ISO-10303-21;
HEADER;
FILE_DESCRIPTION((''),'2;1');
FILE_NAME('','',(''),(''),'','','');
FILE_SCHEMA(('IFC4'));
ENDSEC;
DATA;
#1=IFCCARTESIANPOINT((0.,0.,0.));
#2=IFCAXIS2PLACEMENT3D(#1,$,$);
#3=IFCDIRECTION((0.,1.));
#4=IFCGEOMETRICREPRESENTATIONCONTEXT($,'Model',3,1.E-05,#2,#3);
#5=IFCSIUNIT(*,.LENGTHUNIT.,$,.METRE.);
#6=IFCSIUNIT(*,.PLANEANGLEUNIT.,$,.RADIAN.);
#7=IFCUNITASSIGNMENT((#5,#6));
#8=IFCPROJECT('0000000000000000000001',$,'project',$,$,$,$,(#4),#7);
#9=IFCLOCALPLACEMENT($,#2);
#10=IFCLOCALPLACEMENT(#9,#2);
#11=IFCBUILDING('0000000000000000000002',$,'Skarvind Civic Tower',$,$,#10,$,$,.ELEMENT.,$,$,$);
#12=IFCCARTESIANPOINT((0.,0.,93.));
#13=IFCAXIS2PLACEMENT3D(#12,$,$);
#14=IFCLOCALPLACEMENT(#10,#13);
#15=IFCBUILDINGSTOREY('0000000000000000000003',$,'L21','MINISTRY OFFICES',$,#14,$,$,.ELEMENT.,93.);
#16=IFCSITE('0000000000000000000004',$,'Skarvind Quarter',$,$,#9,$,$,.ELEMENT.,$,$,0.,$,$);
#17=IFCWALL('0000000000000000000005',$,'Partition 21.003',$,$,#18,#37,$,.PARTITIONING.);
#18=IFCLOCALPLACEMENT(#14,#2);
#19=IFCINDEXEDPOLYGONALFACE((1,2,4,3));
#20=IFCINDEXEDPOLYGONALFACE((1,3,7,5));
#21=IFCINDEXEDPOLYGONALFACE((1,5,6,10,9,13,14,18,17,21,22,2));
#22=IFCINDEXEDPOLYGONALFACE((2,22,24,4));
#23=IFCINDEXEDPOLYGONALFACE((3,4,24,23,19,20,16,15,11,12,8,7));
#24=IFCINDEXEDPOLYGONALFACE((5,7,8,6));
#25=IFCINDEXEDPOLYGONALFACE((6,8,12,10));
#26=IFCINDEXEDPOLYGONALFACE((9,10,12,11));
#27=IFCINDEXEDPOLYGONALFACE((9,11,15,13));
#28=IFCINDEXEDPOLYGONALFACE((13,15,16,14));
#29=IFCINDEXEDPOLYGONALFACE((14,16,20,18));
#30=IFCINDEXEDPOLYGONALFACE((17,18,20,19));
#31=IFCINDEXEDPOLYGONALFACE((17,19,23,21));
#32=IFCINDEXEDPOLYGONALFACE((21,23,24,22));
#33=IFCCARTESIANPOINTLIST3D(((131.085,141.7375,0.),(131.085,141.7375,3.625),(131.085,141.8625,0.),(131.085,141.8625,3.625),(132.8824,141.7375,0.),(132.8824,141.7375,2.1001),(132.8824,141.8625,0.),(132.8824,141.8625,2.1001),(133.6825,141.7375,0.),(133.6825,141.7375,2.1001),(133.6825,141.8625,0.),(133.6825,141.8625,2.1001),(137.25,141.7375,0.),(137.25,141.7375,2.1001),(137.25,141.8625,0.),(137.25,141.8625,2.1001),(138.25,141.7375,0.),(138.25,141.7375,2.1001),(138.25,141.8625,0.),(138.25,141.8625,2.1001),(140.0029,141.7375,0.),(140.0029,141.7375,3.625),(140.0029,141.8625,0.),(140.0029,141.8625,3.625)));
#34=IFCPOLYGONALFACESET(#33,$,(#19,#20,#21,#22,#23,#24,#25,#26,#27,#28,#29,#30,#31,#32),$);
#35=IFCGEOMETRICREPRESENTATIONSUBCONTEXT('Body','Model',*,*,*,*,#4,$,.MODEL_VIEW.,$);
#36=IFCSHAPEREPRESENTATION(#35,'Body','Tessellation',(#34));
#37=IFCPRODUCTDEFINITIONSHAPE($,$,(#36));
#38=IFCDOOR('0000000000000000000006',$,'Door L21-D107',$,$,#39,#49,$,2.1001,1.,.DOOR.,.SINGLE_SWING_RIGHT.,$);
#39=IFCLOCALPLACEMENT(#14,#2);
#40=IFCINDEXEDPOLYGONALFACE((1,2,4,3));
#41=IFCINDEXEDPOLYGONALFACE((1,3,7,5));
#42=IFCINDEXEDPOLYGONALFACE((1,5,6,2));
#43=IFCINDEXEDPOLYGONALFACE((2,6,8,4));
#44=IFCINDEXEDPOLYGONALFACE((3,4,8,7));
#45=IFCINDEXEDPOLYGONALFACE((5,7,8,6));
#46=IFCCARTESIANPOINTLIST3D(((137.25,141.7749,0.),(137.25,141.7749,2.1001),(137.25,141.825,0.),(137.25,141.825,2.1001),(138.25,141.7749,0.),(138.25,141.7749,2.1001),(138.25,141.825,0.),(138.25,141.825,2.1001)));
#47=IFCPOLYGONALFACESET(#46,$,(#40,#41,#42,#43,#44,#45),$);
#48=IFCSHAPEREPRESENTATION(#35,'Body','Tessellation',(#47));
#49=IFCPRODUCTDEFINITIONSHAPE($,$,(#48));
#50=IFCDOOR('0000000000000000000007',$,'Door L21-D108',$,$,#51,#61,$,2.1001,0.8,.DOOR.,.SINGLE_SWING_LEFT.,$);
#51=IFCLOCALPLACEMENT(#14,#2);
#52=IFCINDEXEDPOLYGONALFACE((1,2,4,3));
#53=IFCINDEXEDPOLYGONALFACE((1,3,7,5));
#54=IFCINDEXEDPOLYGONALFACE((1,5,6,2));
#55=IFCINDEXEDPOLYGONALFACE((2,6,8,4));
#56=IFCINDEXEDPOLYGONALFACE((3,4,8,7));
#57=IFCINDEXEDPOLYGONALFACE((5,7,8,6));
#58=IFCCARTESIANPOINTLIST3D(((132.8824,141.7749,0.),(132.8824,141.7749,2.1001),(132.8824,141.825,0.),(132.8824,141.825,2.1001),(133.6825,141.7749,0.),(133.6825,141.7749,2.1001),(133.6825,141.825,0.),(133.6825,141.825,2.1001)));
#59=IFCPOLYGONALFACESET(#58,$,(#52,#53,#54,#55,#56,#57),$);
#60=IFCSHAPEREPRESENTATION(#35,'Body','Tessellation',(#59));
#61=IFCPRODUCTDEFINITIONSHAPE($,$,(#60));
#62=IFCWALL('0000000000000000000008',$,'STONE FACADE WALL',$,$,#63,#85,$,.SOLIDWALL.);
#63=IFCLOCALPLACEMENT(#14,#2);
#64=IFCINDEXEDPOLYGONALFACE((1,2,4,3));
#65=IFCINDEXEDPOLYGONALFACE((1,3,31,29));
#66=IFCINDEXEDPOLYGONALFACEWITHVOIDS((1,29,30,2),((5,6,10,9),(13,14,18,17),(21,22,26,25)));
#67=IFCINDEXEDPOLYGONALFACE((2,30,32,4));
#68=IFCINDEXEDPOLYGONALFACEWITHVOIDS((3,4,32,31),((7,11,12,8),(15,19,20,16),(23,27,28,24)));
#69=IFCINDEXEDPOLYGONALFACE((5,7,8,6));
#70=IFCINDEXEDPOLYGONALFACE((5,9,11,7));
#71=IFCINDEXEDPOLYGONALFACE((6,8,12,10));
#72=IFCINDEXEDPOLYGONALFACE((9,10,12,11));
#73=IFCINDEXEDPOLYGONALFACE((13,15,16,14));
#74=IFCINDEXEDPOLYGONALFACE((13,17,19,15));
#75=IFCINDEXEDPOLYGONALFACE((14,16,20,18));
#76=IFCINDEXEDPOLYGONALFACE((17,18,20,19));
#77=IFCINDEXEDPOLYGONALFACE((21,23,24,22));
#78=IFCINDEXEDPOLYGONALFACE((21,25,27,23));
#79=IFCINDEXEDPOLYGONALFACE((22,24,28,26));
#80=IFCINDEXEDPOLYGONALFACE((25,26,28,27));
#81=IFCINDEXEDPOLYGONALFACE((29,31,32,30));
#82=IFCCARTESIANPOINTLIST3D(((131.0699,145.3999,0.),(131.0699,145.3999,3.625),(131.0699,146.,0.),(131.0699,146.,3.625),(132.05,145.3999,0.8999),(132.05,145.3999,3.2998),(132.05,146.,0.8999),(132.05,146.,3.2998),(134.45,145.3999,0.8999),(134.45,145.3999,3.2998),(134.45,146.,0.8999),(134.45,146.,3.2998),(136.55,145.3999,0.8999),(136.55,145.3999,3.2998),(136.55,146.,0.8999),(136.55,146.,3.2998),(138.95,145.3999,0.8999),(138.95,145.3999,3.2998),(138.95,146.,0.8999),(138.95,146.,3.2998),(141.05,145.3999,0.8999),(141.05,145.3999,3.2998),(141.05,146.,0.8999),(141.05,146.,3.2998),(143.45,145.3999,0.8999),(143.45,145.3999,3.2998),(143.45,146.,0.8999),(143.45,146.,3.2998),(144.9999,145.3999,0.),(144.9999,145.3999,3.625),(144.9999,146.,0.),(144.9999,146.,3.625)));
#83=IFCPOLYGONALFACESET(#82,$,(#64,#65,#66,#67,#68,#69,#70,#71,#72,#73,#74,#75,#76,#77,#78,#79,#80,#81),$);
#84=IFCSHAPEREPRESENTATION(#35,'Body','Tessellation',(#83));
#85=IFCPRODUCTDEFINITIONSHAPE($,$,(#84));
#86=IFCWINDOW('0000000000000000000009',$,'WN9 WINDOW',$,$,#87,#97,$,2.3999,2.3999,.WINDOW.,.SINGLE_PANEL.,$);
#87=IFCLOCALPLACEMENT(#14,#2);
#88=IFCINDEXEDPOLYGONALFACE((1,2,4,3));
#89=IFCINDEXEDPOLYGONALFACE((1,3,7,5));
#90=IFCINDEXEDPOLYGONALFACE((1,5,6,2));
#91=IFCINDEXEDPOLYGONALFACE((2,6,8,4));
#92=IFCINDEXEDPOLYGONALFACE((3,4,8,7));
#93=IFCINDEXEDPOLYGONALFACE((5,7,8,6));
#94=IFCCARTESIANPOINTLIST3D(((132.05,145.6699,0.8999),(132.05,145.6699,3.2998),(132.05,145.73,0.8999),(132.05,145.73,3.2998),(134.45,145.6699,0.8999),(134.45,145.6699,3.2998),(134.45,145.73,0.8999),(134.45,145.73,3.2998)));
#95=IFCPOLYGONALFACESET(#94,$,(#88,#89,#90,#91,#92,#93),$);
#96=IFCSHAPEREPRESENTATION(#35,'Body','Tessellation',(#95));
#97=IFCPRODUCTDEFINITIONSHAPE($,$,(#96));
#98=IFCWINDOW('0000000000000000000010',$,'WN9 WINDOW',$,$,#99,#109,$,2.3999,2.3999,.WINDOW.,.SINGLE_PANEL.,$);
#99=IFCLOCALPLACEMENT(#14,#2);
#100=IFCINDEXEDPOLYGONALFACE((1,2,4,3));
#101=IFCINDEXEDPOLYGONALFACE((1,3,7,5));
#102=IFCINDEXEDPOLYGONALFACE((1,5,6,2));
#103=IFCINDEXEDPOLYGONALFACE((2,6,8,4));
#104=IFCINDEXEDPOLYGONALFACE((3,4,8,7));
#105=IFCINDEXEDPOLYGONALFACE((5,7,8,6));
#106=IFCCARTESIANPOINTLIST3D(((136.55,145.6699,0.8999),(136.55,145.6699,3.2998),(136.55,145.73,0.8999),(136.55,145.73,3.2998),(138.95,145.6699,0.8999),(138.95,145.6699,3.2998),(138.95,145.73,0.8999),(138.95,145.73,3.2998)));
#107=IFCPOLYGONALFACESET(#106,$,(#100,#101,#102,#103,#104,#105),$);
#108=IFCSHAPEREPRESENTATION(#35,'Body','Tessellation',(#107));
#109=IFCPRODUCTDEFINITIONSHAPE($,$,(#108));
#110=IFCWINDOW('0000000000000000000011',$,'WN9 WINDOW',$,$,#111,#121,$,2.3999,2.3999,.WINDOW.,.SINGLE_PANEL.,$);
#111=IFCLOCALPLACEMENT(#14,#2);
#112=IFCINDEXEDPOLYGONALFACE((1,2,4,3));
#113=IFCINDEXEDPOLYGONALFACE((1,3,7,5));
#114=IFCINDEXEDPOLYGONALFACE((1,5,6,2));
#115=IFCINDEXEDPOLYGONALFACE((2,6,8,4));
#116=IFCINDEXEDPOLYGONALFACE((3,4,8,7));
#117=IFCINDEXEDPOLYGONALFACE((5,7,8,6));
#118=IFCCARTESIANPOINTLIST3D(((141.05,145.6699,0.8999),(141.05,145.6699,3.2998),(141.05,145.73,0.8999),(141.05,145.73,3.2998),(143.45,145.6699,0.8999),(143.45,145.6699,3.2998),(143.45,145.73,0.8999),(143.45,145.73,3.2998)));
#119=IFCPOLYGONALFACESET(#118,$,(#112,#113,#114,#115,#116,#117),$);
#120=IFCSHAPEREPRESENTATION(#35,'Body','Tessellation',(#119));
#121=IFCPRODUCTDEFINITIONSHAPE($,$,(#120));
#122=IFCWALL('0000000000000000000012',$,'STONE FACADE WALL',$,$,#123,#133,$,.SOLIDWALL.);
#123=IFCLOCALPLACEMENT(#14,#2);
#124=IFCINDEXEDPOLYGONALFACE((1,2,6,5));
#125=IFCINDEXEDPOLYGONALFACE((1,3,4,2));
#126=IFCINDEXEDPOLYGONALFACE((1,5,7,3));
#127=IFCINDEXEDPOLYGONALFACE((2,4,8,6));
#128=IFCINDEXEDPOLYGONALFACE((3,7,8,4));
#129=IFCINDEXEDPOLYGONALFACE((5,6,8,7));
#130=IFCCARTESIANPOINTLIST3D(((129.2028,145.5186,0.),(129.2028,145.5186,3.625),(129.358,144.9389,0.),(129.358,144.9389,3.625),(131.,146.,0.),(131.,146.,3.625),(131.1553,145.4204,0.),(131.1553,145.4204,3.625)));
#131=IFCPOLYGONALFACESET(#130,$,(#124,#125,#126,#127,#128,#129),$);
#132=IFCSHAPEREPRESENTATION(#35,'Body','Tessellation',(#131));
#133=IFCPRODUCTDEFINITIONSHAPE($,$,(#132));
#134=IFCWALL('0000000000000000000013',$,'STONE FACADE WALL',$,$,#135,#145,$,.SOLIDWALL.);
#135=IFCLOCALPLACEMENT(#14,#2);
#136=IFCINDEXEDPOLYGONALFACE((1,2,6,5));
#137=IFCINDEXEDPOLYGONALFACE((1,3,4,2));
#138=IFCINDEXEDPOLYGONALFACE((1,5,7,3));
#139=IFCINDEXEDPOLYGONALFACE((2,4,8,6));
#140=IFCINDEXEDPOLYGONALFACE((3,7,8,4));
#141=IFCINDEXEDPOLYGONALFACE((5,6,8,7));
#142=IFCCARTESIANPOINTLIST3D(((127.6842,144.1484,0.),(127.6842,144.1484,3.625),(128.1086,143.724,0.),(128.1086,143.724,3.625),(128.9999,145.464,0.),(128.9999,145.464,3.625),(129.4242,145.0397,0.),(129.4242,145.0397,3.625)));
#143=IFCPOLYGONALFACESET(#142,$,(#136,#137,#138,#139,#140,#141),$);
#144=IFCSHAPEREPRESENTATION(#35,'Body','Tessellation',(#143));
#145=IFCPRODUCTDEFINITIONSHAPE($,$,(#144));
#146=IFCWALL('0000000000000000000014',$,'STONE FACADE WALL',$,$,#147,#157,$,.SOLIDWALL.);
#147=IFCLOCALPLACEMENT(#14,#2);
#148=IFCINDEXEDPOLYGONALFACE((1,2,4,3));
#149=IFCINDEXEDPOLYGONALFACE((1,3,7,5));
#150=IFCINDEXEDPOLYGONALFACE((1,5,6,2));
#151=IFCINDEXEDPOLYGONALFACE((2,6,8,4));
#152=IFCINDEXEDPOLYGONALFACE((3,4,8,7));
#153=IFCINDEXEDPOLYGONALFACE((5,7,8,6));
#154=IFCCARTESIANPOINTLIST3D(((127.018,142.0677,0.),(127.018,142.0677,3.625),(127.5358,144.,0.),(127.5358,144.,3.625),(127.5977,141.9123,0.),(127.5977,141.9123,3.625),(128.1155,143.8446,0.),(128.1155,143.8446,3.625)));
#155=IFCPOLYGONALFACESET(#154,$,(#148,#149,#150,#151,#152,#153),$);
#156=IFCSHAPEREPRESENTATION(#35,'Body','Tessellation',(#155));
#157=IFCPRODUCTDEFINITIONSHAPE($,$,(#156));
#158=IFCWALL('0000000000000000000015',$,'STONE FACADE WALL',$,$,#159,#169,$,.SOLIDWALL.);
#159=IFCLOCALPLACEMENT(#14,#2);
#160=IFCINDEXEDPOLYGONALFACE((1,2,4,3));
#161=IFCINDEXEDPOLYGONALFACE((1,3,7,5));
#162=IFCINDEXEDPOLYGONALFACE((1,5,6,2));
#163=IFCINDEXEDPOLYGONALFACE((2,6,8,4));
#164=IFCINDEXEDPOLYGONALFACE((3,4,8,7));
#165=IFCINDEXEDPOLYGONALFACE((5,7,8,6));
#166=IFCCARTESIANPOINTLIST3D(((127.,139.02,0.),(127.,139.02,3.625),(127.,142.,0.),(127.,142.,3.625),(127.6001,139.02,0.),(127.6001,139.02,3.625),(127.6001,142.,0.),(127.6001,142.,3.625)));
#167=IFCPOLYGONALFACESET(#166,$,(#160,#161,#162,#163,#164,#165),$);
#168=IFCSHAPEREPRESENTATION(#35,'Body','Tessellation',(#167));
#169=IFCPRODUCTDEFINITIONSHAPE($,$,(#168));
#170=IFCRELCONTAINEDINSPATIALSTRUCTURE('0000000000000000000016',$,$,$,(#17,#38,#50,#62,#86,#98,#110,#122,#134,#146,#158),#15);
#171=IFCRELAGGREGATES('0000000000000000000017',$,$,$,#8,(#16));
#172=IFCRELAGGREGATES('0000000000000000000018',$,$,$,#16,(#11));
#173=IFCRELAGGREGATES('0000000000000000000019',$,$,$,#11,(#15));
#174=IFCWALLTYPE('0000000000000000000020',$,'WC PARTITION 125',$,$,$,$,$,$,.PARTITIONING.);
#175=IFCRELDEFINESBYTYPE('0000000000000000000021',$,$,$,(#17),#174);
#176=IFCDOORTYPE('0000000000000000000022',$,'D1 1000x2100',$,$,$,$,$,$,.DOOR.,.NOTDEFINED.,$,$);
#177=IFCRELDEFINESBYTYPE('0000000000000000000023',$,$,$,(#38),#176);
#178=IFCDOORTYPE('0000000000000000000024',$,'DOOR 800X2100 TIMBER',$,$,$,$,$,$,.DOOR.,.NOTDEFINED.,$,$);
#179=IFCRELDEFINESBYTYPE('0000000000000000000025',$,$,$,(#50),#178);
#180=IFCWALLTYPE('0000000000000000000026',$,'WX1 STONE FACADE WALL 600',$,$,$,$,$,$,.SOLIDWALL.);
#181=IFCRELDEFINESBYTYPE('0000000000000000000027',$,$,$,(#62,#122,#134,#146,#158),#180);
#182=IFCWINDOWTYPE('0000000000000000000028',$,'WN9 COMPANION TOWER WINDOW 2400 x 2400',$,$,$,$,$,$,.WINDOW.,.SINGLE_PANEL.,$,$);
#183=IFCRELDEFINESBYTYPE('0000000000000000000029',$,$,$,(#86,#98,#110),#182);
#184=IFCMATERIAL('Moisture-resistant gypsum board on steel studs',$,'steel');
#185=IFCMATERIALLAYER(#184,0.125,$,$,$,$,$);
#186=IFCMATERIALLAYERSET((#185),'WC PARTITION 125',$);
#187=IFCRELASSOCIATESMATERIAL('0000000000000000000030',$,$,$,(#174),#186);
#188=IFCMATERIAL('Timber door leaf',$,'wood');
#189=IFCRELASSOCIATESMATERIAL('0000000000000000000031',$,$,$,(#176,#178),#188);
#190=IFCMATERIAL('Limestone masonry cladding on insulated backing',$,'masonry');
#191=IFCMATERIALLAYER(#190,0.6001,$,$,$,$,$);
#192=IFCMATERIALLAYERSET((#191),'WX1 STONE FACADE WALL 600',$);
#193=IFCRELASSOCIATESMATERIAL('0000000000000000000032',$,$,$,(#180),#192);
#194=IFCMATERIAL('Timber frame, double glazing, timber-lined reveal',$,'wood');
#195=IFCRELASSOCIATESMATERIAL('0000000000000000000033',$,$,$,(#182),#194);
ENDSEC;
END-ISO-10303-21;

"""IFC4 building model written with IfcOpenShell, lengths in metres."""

from ifc_helpers import new_model, si_unit, direction, frame, frame_2d, origin, place, context, subcontext, project, spatial, rectangle, extrude, material, layer, layer_set, type_object, element, fill, save


model = new_model("IFC4")

# Units and contexts
model_context = context("Model", 3, precision=1e-05, world=origin(), true_north=direction((0.0, 1.0)))
body_context = subcontext(model_context, "Body", "Model", "MODEL_VIEW")
ifc_project = project(units=[si_unit("LENGTHUNIT", "METRE"), si_unit("PLANEANGLEUNIT", "RADIAN")], contexts=[model_context])

# Site, building, storey
site_placement = place(None, origin())
site = spatial("IfcSite", under=ifc_project, at=site_placement, Name="Skarvind Quarter", CompositionType="ELEMENT", RefElevation=0.0)
building_placement = place(site_placement, origin())
building = spatial("IfcBuilding", under=site, at=building_placement, Name="Skarvind Civic Tower", CompositionType="ELEMENT")
storey_placement = place(building_placement, frame((0.0, 0.0, 93.0)))
storey = spatial("IfcBuildingStorey", under=building, at=storey_placement, Name="L21", Description="MINISTRY OFFICES", CompositionType="ELEMENT", Elevation=93.0)

# Shared definitions
ifc_material_1 = material(Name="Timber door leaf", Category="wood")

# Wall, openings, doors
ifc_material_2 = material(Name="Moisture-resistant gypsum board on steel studs", Category="steel")
ifc_layer_1 = layer(ifc_material_2, 0.125)
ifc_layer_set_1 = layer_set([ifc_layer_1], Name="WC PARTITION 125")
wall_type_1 = type_object("IfcWallType", Name="WC PARTITION 125", PredefinedType="PARTITIONING", material=ifc_layer_set_1)
wall_1_placement = place(storey_placement, frame((131.085, 141.8, 0.0), z_axis=(0.0, 0.0, 1.0), x_axis=(1.0, 0.0, 0.0)))
wall_1 = element("IfcWall", 1, at=wall_1_placement, inside=storey, type_object=wall_type_1, Name="Partition 21.003", PredefinedType="PARTITIONING", context=body_context, shape_type="SweptSolid", body=[
    extrude(rectangle(XDim=8.918, YDim=0.125, at=frame_2d((4.459, 0.0))), origin(), (0.0, 0.0, 1.0), 3.625),
])
opening_1_placement = place(wall_1_placement, frame((6.165, 0.0, 0.0)))
opening_1 = element("IfcOpeningElement", 2, at=opening_1_placement, cuts=wall_1, PredefinedType="OPENING", context=body_context, shape_type="SweptSolid", body=[
    extrude(rectangle(XDim=1.0, YDim=2.1001, at=frame_2d((0.5, 1.05))), frame((0.0, 0.0725, 0.0), z_axis=(0.0, -1.0, 0.0), x_axis=(1.0, 0.0, 0.0)), (0.0, 0.0, 1.0), 0.145),
])
opening_2_placement = place(wall_1_placement, frame((1.7976, 0.0, 0.0)))
opening_2 = element("IfcOpeningElement", 3, at=opening_2_placement, cuts=wall_1, PredefinedType="OPENING", context=body_context, shape_type="SweptSolid", body=[
    extrude(rectangle(XDim=0.8, YDim=2.1001, at=frame_2d((0.3999, 1.05))), frame((0.0, 0.0725, 0.0), z_axis=(0.0, -1.0, 0.0), x_axis=(1.0, 0.0, 0.0)), (0.0, 0.0, 1.0), 0.145),
])
door_type_1 = type_object("IfcDoorType", Name="D1 1000x2100", OperationType="NOTDEFINED", PredefinedType="DOOR", material=ifc_material_1)
door_1_placement = place(opening_1_placement, origin())
door_1 = element("IfcDoor", 4, at=door_1_placement, inside=storey, type_object=door_type_1, Name="Door L21-D107", OperationType="SINGLE_SWING_RIGHT", OverallHeight=2.1001, OverallWidth=1.0, PredefinedType="DOOR", context=body_context, shape_type="SweptSolid", body=[
    extrude(rectangle(XDim=1.0, YDim=2.1001, at=frame_2d((0.5, 1.05))), frame((0.0, 0.0249, 0.0), z_axis=(0.0, -1.0, 0.0), x_axis=(1.0, 0.0, 0.0)), (0.0, 0.0, 1.0), 0.05),
])
fill(opening_1, door_1)
door_type_2 = type_object("IfcDoorType", Name="DOOR 800X2100 TIMBER", OperationType="NOTDEFINED", PredefinedType="DOOR", material=ifc_material_1)
door_2_placement = place(opening_2_placement, origin())
door_2 = element("IfcDoor", 5, at=door_2_placement, inside=storey, type_object=door_type_2, Name="Door L21-D108", OperationType="SINGLE_SWING_LEFT", OverallHeight=2.1001, OverallWidth=0.8, PredefinedType="DOOR", context=body_context, shape_type="SweptSolid", body=[
    extrude(rectangle(XDim=0.8, YDim=2.1001, at=frame_2d((0.3999, 1.05))), frame((0.0, 0.0249, 0.0), z_axis=(0.0, -1.0, 0.0), x_axis=(1.0, 0.0, 0.0)), (0.0, 0.0, 1.0), 0.05),
])
fill(opening_2, door_2)

# Wall, openings, windows
ifc_material_3 = material(Name="Limestone masonry cladding on insulated backing", Category="masonry")
ifc_layer_2 = layer(ifc_material_3, 0.6001)
ifc_layer_set_2 = layer_set([ifc_layer_2], Name="WX1 STONE FACADE WALL 600")
wall_type_2 = type_object("IfcWallType", Name="WX1 STONE FACADE WALL 600", PredefinedType="SOLIDWALL", material=ifc_layer_set_2)
wall_2_placement = place(storey_placement, frame((131.0701, 145.7, 0.0), z_axis=(0.0, 0.0, 1.0), x_axis=(1.0, 0.0, 0.0)))
wall_2 = element("IfcWall", 6, at=wall_2_placement, inside=storey, type_object=wall_type_2, Name="STONE FACADE WALL", PredefinedType="SOLIDWALL", context=body_context, shape_type="SweptSolid", body=[
    extrude(rectangle(XDim=13.9299, YDim=0.6001, at=frame_2d((6.9648, 0.0))), origin(), (0.0, 0.0, 1.0), 3.625),
])
opening_3_placement = place(wall_2_placement, frame((0.98, 0.0, 0.8999)))
opening_3 = element("IfcOpeningElement", 7, at=opening_3_placement, cuts=wall_2, PredefinedType="OPENING", context=body_context, shape_type="SweptSolid", body=[
    extrude(rectangle(XDim=2.3999, YDim=2.3999, at=frame_2d((1.2, 1.2))), frame((0.0, 0.3101, 0.0), z_axis=(0.0, -1.0, 0.0), x_axis=(1.0, 0.0, 0.0)), (0.0, 0.0, 1.0), 0.6201),
])
opening_4_placement = place(wall_2_placement, frame((5.48, 0.0, 0.8999)))
opening_4 = element("IfcOpeningElement", 8, at=opening_4_placement, cuts=wall_2, PredefinedType="OPENING", context=body_context, shape_type="SweptSolid", body=[
    extrude(rectangle(XDim=2.3999, YDim=2.3999, at=frame_2d((1.2, 1.2))), frame((0.0, 0.3101, 0.0), z_axis=(0.0, -1.0, 0.0), x_axis=(1.0, 0.0, 0.0)), (0.0, 0.0, 1.0), 0.6201),
])
opening_5_placement = place(wall_2_placement, frame((9.98, 0.0, 0.8999)))
opening_5 = element("IfcOpeningElement", 9, at=opening_5_placement, cuts=wall_2, PredefinedType="OPENING", context=body_context, shape_type="SweptSolid", body=[
    extrude(rectangle(XDim=2.3999, YDim=2.3999, at=frame_2d((1.2, 1.2))), frame((0.0, 0.3101, 0.0), z_axis=(0.0, -1.0, 0.0), x_axis=(1.0, 0.0, 0.0)), (0.0, 0.0, 1.0), 0.6201),
])
ifc_material_4 = material(Name="Timber frame, double glazing, timber-lined reveal", Category="wood")
window_type = type_object("IfcWindowType", Name="WN9 COMPANION TOWER WINDOW 2400 x 2400", PartitioningType="SINGLE_PANEL", PredefinedType="WINDOW", material=ifc_material_4)
window_1_placement = place(opening_3_placement, origin())
window_1 = element("IfcWindow", 10, at=window_1_placement, inside=storey, type_object=window_type, Name="WN9 WINDOW", OverallHeight=2.3999, OverallWidth=2.3999, PartitioningType="SINGLE_PANEL", PredefinedType="WINDOW", context=body_context, shape_type="SweptSolid", body=[
    extrude(rectangle(XDim=2.3999, YDim=2.3999, at=frame_2d((1.2, 1.2))), frame((0.0, 0.03, 0.0), z_axis=(0.0, -1.0, 0.0), x_axis=(1.0, 0.0, 0.0)), (0.0, 0.0, 1.0), 0.0601),
])
fill(opening_3, window_1)
window_2_placement = place(opening_4_placement, origin())
window_2 = element("IfcWindow", 11, at=window_2_placement, inside=storey, type_object=window_type, Name="WN9 WINDOW", OverallHeight=2.3999, OverallWidth=2.3999, PartitioningType="SINGLE_PANEL", PredefinedType="WINDOW", context=body_context, shape_type="SweptSolid", body=[
    extrude(rectangle(XDim=2.3999, YDim=2.3999, at=frame_2d((1.2, 1.2))), frame((0.0, 0.03, 0.0), z_axis=(0.0, -1.0, 0.0), x_axis=(1.0, 0.0, 0.0)), (0.0, 0.0, 1.0), 0.0601),
])
fill(opening_4, window_2)
window_3_placement = place(opening_5_placement, origin())
window_3 = element("IfcWindow", 12, at=window_3_placement, inside=storey, type_object=window_type, Name="WN9 WINDOW", OverallHeight=2.3999, OverallWidth=2.3999, PartitioningType="SINGLE_PANEL", PredefinedType="WINDOW", context=body_context, shape_type="SweptSolid", body=[
    extrude(rectangle(XDim=2.3999, YDim=2.3999, at=frame_2d((1.2, 1.2))), frame((0.0, 0.03, 0.0), z_axis=(0.0, -1.0, 0.0), x_axis=(1.0, 0.0, 0.0)), (0.0, 0.0, 1.0), 0.0601),
])
fill(opening_5, window_3)

# Walls
for number, where, z_axis, x_axis, name in (
    (13, (129.2805, 145.2288, 0.0), (0.0, 0.0, 1.0), (0.965938, 0.258773, 0.0), "STONE FACADE WALL"),
    (14, (127.8965, 143.9363, 0.0), (0.0, 0.0, 1.0), (0.707107, 0.707107, 0.0), "STONE FACADE WALL"),
):
    element("IfcWall", number, at=place(storey_placement, frame(where, z_axis=z_axis, x_axis=x_axis)), inside=storey, type_object=wall_type_2, Name=name, PredefinedType="SOLIDWALL", context=body_context, shape_type="SweptSolid", body=[
        extrude(rectangle(XDim=1.8606, YDim=0.6001, at=frame_2d((0.9302, 0.0))), origin(), (0.0, 0.0, 1.0), 3.625),
    ])
wall_3_placement = place(storey_placement, frame((127.3079, 141.99, 0.0), z_axis=(0.0, 0.0, 1.0), x_axis=(0.25884, 0.96592, 0.0)))
element("IfcWall", 15, at=wall_3_placement, inside=storey, type_object=wall_type_2, Name="STONE FACADE WALL", PredefinedType="SOLIDWALL", context=body_context, shape_type="SweptSolid", body=[
    extrude(rectangle(XDim=2.0005, YDim=0.6001, at=frame_2d((1.0002, 0.0))), origin(), (0.0, 0.0, 1.0), 3.625),
])
wall_4_placement = place(storey_placement, frame((127.3, 139.02, 0.0), z_axis=(0.0, 0.0, 1.0), x_axis=(0.0, 1.0, 0.0)))
element("IfcWall", 16, at=wall_4_placement, inside=storey, type_object=wall_type_2, Name="STONE FACADE WALL", PredefinedType="SOLIDWALL", context=body_context, shape_type="SweptSolid", body=[
    extrude(rectangle(XDim=2.98, YDim=0.6001, at=frame_2d((1.49, 0.0))), origin(), (0.0, 0.0, 1.0), 3.625),
])

save(model, "model.ifc")
